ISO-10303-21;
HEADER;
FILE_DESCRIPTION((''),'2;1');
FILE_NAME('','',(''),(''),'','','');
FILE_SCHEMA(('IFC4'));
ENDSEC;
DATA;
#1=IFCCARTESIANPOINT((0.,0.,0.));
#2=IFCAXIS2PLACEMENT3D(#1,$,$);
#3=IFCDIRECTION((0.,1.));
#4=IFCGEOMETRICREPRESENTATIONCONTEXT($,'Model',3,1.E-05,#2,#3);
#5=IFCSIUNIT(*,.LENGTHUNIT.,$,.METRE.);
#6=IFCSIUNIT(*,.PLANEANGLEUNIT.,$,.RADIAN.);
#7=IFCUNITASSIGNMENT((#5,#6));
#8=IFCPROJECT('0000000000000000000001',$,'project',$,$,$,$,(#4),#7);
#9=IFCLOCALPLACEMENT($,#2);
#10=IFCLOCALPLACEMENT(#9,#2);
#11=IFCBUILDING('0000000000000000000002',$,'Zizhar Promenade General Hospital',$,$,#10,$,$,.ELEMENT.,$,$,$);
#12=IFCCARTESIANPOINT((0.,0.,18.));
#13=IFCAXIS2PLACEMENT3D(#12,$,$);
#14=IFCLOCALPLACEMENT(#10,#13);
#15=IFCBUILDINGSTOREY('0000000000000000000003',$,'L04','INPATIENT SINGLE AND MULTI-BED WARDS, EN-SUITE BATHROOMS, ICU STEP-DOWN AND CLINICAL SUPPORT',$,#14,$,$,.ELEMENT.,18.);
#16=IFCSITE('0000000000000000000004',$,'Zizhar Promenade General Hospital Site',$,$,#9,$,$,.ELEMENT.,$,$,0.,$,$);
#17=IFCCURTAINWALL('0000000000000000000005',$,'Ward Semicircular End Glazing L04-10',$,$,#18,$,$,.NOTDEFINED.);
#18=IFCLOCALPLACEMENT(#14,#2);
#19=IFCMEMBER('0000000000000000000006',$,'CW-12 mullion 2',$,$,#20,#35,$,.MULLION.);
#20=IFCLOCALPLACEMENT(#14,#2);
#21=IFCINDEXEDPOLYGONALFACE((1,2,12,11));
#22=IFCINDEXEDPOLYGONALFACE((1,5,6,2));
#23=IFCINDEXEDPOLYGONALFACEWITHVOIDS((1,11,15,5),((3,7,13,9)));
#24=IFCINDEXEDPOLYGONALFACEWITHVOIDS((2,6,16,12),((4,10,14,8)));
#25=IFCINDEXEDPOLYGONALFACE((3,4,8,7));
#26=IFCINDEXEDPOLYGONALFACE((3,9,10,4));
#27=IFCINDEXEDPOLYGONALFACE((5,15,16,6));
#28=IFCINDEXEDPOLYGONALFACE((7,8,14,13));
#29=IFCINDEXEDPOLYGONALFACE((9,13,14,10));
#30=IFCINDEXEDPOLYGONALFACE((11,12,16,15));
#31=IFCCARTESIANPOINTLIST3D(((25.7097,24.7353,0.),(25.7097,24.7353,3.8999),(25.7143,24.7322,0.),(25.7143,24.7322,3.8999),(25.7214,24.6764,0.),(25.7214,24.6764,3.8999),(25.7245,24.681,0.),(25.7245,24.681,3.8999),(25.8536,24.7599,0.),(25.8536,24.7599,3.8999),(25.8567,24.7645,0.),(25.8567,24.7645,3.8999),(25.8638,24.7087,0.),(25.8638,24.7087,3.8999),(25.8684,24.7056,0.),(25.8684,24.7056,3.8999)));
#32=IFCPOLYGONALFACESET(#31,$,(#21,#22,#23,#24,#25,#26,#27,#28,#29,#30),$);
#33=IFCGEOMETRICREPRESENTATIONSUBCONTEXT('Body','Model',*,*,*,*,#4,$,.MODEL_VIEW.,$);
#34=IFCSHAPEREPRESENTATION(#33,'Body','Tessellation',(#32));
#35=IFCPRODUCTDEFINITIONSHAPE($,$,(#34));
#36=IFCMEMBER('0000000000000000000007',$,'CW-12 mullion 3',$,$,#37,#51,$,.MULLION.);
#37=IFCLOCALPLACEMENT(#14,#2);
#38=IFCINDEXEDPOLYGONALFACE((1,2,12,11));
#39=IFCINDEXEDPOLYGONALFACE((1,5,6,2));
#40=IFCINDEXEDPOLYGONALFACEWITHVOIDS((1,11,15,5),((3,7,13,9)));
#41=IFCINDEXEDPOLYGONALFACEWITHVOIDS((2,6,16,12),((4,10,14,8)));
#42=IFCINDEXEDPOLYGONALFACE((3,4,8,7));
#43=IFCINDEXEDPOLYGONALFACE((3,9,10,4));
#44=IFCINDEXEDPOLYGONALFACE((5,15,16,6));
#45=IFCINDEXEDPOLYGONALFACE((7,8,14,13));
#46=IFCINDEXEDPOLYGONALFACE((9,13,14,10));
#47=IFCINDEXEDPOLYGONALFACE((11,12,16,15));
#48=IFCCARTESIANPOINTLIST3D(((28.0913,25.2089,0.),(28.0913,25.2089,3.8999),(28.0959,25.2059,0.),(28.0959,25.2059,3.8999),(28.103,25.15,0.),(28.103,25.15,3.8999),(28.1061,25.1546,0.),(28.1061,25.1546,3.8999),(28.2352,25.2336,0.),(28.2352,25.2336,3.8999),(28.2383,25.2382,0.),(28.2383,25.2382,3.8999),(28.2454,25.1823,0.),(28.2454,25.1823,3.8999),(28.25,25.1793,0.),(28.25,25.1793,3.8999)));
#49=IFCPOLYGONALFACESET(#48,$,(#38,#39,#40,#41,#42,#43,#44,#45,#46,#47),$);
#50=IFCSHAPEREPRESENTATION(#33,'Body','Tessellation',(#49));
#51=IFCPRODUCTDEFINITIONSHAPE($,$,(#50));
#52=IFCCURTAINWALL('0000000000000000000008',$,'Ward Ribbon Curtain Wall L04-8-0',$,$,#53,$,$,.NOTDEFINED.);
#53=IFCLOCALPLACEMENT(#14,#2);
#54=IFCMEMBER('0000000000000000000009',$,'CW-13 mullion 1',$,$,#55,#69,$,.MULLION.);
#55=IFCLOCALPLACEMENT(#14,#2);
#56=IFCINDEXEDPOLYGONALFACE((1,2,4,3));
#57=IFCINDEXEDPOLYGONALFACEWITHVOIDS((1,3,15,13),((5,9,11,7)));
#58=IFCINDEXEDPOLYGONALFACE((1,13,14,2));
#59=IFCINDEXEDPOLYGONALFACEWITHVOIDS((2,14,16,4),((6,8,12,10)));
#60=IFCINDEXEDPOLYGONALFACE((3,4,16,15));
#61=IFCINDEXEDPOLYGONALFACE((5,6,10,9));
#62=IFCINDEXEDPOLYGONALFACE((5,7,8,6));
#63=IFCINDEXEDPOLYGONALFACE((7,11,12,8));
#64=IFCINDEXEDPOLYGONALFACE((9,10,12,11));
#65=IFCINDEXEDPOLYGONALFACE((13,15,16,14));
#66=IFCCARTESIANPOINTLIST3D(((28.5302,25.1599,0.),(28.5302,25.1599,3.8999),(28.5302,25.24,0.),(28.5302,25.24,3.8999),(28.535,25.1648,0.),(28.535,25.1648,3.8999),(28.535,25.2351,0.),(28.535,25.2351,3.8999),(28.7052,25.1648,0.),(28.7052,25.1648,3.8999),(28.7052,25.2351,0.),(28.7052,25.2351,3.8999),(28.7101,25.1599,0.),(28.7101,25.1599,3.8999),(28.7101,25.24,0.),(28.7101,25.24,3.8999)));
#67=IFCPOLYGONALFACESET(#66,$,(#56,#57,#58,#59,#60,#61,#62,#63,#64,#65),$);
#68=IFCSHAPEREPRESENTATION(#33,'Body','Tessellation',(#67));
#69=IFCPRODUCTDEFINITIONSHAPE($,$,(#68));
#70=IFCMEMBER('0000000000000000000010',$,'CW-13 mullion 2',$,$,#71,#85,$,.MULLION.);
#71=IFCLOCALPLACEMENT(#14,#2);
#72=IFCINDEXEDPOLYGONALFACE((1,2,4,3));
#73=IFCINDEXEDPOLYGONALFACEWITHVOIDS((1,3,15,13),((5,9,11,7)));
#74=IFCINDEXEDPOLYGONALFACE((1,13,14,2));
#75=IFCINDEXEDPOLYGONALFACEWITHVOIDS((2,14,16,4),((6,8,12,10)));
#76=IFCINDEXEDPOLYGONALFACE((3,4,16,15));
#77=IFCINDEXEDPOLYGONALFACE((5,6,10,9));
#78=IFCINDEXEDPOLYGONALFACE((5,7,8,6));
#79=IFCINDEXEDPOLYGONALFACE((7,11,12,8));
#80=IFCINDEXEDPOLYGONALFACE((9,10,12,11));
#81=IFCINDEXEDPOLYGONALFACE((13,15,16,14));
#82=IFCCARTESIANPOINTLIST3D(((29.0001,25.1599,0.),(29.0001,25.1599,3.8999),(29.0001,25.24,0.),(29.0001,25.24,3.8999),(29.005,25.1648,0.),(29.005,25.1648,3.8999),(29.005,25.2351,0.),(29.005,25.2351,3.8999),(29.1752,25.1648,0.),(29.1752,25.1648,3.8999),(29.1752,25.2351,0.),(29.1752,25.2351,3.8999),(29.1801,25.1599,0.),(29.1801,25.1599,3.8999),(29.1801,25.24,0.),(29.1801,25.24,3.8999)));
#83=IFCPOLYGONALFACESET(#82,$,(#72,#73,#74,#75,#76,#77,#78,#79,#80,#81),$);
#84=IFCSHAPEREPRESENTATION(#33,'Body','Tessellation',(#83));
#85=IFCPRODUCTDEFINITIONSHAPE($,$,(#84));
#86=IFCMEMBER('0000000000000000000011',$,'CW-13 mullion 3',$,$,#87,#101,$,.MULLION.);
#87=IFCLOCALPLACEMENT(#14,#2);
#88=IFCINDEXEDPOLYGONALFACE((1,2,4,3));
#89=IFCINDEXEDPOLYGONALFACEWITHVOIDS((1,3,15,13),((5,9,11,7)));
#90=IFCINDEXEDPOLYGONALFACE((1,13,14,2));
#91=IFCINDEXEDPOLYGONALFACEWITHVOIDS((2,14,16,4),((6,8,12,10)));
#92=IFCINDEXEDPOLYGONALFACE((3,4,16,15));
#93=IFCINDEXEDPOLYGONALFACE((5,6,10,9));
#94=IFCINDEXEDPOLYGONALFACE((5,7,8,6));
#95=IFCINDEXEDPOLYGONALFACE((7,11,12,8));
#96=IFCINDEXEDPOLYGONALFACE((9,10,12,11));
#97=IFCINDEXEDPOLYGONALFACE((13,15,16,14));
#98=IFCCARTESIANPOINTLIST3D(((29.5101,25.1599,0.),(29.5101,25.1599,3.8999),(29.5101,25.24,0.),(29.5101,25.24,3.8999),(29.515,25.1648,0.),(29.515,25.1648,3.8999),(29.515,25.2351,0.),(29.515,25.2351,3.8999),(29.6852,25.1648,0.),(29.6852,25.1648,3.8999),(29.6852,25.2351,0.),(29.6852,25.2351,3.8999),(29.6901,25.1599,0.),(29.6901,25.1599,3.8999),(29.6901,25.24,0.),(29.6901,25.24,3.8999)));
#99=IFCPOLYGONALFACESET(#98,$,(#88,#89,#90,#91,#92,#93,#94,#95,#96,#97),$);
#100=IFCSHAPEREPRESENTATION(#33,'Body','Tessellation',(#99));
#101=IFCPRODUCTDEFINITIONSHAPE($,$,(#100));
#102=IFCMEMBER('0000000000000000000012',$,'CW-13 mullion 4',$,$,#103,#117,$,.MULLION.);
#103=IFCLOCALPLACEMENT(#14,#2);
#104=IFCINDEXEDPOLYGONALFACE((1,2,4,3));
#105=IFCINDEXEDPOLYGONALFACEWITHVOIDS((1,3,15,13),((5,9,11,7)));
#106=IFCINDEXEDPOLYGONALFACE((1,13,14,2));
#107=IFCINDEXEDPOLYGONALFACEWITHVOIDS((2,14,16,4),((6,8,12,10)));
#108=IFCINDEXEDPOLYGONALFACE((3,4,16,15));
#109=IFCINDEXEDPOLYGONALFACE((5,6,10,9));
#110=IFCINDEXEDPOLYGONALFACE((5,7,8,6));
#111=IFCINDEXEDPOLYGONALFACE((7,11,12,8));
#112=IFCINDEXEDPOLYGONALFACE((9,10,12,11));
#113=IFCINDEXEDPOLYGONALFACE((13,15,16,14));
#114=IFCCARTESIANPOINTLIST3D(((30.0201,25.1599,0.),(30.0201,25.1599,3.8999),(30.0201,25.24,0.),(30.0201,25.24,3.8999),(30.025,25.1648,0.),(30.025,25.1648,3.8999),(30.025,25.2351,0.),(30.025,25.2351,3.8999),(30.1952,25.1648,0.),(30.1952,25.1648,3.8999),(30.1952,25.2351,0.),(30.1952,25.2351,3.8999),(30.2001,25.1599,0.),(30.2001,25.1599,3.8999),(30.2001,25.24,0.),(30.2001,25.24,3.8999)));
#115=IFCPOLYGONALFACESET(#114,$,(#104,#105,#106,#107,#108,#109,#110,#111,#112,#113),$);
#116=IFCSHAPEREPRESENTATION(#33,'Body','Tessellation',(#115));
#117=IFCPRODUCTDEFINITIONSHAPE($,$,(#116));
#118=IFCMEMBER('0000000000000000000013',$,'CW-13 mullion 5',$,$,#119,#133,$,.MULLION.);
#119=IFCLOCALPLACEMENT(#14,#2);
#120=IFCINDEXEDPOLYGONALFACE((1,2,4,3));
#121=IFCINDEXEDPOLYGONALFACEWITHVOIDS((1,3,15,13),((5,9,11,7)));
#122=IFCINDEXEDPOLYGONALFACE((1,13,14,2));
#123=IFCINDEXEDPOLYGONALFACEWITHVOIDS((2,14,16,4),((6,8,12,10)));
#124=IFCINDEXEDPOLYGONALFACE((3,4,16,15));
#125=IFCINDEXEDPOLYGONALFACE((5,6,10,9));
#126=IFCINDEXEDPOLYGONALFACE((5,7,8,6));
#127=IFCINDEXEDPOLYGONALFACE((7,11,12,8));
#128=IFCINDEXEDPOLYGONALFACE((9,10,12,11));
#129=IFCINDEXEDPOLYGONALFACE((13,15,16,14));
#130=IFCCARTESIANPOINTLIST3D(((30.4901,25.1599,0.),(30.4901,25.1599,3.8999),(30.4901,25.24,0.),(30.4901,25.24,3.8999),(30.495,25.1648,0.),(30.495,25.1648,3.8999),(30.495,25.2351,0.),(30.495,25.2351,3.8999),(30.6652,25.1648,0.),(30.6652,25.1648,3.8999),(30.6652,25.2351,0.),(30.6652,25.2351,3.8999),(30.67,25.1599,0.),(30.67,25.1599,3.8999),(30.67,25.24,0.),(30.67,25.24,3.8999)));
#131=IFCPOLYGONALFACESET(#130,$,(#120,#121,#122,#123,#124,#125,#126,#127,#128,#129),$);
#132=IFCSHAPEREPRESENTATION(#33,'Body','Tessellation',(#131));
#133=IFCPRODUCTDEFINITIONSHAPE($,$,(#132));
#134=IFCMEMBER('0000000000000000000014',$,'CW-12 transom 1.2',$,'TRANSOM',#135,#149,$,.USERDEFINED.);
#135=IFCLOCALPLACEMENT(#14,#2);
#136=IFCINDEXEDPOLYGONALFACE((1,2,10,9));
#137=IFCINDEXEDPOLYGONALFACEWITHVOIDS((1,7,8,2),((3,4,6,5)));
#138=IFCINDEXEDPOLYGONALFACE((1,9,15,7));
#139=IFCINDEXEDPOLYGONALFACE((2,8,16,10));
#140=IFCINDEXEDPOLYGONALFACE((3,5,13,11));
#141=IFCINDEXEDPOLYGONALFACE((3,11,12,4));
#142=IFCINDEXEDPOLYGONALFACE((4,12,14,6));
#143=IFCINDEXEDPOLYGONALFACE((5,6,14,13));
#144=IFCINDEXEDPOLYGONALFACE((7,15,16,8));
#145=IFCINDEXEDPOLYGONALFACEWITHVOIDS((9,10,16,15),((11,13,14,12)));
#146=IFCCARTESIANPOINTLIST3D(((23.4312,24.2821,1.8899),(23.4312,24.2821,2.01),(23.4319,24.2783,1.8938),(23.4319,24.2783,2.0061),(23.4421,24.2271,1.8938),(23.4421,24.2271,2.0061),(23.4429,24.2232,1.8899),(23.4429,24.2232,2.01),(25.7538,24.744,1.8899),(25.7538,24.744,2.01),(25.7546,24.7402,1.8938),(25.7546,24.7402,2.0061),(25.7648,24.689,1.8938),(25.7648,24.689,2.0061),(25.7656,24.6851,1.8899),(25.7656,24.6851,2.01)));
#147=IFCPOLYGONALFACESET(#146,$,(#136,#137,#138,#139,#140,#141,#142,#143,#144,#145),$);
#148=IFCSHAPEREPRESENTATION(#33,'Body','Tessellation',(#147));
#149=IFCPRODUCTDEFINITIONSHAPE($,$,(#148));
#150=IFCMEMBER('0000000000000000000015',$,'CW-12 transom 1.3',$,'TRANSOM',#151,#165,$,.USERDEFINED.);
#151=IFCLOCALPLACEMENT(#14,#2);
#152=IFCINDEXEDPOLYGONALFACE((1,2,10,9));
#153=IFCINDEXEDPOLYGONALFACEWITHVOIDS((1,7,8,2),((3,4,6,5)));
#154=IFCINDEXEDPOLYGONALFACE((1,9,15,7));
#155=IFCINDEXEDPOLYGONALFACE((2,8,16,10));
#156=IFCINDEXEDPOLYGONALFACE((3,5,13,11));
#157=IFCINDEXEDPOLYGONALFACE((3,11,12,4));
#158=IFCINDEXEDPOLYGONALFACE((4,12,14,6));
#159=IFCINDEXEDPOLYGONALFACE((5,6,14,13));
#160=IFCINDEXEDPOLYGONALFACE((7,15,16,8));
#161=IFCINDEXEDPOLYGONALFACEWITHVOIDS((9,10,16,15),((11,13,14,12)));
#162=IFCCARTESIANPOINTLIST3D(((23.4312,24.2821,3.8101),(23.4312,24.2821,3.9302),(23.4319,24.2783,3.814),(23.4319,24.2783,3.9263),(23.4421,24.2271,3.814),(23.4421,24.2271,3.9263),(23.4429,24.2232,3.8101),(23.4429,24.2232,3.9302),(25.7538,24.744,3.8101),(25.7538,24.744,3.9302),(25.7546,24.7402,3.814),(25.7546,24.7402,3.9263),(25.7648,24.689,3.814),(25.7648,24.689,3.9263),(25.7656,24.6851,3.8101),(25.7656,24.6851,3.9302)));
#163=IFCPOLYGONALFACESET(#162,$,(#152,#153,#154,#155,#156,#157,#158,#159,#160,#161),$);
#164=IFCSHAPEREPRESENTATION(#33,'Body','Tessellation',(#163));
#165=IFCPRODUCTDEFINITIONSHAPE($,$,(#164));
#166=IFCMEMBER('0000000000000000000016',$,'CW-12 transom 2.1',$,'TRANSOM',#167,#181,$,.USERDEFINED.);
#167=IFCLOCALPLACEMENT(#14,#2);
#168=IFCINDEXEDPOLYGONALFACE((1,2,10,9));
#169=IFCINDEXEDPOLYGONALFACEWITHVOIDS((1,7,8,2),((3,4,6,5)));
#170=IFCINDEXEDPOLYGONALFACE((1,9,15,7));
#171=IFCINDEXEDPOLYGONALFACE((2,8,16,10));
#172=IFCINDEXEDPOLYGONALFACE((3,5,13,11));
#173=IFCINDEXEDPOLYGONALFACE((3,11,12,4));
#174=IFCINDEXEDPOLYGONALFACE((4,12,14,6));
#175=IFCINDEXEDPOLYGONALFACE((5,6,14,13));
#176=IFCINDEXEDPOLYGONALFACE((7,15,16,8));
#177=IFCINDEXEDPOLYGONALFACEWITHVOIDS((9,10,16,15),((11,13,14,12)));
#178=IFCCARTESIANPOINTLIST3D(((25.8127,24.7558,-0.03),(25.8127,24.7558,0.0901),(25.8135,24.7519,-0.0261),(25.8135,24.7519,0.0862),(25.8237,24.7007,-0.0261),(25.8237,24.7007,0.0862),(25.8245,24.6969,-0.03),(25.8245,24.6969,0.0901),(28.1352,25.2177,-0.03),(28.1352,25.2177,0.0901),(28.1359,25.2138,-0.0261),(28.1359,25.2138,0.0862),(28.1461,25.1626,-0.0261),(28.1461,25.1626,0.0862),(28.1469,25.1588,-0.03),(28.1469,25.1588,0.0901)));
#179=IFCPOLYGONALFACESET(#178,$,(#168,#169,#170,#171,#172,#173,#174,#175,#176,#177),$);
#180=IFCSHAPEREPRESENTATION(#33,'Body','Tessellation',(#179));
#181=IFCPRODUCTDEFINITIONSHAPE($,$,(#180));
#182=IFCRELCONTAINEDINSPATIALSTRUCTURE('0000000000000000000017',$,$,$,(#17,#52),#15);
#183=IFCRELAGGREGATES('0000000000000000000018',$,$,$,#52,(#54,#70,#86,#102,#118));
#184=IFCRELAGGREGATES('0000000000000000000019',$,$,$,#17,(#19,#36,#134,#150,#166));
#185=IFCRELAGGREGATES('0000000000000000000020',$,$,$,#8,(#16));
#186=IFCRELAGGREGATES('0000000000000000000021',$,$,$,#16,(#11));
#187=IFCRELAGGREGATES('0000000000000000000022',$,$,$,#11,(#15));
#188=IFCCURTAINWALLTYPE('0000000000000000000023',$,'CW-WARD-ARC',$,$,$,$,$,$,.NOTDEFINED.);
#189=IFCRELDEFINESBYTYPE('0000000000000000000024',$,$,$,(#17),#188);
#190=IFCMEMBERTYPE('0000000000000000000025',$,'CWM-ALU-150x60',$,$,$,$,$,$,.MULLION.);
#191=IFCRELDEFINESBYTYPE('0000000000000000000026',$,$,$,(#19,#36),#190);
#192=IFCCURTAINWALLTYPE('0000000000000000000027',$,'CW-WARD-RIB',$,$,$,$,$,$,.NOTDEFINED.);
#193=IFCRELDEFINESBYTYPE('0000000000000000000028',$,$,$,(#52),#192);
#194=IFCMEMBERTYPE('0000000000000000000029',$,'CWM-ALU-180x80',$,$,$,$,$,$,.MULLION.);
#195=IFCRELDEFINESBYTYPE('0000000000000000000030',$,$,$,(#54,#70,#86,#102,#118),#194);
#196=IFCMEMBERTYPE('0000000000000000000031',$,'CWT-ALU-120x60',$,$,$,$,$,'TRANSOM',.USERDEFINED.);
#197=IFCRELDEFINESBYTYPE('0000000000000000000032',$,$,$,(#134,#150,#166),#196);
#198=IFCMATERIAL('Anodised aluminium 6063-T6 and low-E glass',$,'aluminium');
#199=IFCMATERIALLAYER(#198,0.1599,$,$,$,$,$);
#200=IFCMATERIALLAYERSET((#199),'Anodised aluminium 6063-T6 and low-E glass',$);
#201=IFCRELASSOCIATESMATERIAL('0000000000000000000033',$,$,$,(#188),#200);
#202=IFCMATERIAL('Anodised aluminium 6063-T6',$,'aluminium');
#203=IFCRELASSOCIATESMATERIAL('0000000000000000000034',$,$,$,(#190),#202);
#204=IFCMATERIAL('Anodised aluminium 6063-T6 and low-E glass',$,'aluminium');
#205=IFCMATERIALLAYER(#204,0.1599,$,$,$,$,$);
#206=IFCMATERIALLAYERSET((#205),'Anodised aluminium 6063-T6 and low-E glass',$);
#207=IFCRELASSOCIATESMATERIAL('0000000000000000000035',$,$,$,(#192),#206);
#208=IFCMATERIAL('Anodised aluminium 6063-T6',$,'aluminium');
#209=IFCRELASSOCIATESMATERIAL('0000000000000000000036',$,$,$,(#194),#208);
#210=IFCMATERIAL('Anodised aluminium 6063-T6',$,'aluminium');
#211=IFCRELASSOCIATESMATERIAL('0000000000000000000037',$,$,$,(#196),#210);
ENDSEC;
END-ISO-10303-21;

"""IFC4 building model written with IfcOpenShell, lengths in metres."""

from ifc_helpers import new_model, si_unit, direction, frame, origin, origin_2d, place, context, subcontext, project, spatial, hollow_rectangle, extrude, material, layer, layer_set, material_profile, profile_set, type_object, element, aggregate, save


model = new_model("IFC4")

# Units and contexts
model_context = context("Model", 3, precision=1e-05, world=origin(), true_north=direction((0.0, 1.0)))
body_context = subcontext(model_context, "Body", "Model", "MODEL_VIEW")
ifc_project = project(units=[si_unit("LENGTHUNIT", "METRE"), si_unit("PLANEANGLEUNIT", "RADIAN")], contexts=[model_context])

# Site, building, storey
site_placement = place(None, origin())
site = spatial("IfcSite", under=ifc_project, at=site_placement, Name="Zizhar Promenade General Hospital Site", CompositionType="ELEMENT", RefElevation=0.0)
building_placement = place(site_placement, origin())
building = spatial("IfcBuilding", under=site, at=building_placement, Name="Zizhar Promenade General Hospital", CompositionType="ELEMENT")
storey_placement = place(building_placement, frame((0.0, 0.0, 18.0)))
storey = spatial("IfcBuildingStorey", under=building, at=storey_placement, Name="L04", Description="INPATIENT SINGLE AND MULTI-BED WARDS, EN-SUITE BATHROOMS, ICU STEP-DOWN AND CLINICAL SUPPORT", CompositionType="ELEMENT", Elevation=18.0)

# Curtain walls, members
ifc_material_1 = material(Name="Anodised aluminium 6063-T6 and low-E glass", Category="aluminium")
ifc_layer_1 = layer(ifc_material_1, 0.1599)
ifc_layer_set_1 = layer_set([ifc_layer_1], Name="Anodised aluminium 6063-T6 and low-E glass")
curtain_wall_type_1 = type_object("IfcCurtainWallType", Name="CW-WARD-ARC", PredefinedType="NOTDEFINED", material=ifc_layer_set_1)
curtain_wall_1_placement = place(storey_placement, origin())
curtain_wall_1 = element("IfcCurtainWall", 1, at=curtain_wall_1_placement, inside=storey, type_object=curtain_wall_type_1, Name="Ward Semicircular End Glazing L04-10", PredefinedType="NOTDEFINED")
ifc_material_2 = material(Name="Anodised aluminium 6063-T6", Category="aluminium")
ifc_material_profile_1 = material_profile(ifc_material_2, hollow_rectangle(XDim=0.0601, YDim=0.1499, WallThickness=0.0039, at=origin_2d()))
ifc_profile_set_1 = profile_set([ifc_material_profile_1], Name="Anodised aluminium 6063-T6")
member_type_1 = type_object("IfcMemberType", Name="CWM-ALU-150x60", PredefinedType="MULLION", material=ifc_profile_set_1)
member_1_placement = place(storey_placement, frame((25.7891, 24.7205, 0.0), z_axis=(0.0, 0.0, 1.0), x_axis=(-0.195087, 0.980786, 0.0)))
member_1 = element("IfcMember", 2, at=member_1_placement, type_object=member_type_1, Name="CW-12 mullion 2", PredefinedType="MULLION", context=body_context, shape_type="SweptSolid", body=[
    extrude(hollow_rectangle(XDim=0.0601, YDim=0.1499, WallThickness=0.0039, at=origin_2d()), origin(), (0.0, 0.0, 1.0), 3.8999),
])
member_2_placement = place(storey_placement, frame((28.1707, 25.1941, 0.0), z_axis=(0.0, 0.0, 1.0), x_axis=(-0.195087, 0.980786, 0.0)))
member_2 = element("IfcMember", 3, at=member_2_placement, type_object=member_type_1, Name="CW-12 mullion 3", PredefinedType="MULLION", context=body_context, shape_type="SweptSolid", body=[
    extrude(hollow_rectangle(XDim=0.0601, YDim=0.1499, WallThickness=0.0039, at=origin_2d()), origin(), (0.0, 0.0, 1.0), 3.8999),
])
ifc_material_3 = material(Name="Anodised aluminium 6063-T6 and low-E glass", Category="aluminium")
ifc_layer_2 = layer(ifc_material_3, 0.1599)
ifc_layer_set_2 = layer_set([ifc_layer_2], Name="Anodised aluminium 6063-T6 and low-E glass")
curtain_wall_type_2 = type_object("IfcCurtainWallType", Name="CW-WARD-RIB", PredefinedType="NOTDEFINED", material=ifc_layer_set_2)
curtain_wall_2_placement = place(storey_placement, origin())
curtain_wall_2 = element("IfcCurtainWall", 4, at=curtain_wall_2_placement, inside=storey, type_object=curtain_wall_type_2, Name="Ward Ribbon Curtain Wall L04-8-0", PredefinedType="NOTDEFINED")
ifc_material_4 = material(Name="Anodised aluminium 6063-T6", Category="aluminium")
ifc_material_profile_2 = material_profile(ifc_material_4, hollow_rectangle(XDim=0.0801, YDim=0.1799, WallThickness=0.0049, at=origin_2d()))
ifc_profile_set_2 = profile_set([ifc_material_profile_2], Name="Anodised aluminium 6063-T6")
member_type_2 = type_object("IfcMemberType", Name="CWM-ALU-180x80", PredefinedType="MULLION", material=ifc_profile_set_2)
member_3_placement = place(storey_placement, frame((28.6201, 25.2, 0.0), z_axis=(0.0, 0.0, 1.0), x_axis=(0.0, 1.0, 0.0)))
member_3 = element("IfcMember", 5, at=member_3_placement, type_object=member_type_2, Name="CW-13 mullion 1", PredefinedType="MULLION", context=body_context, shape_type="SweptSolid", body=[
    extrude(hollow_rectangle(XDim=0.0801, YDim=0.1799, WallThickness=0.0049, at=origin_2d()), origin(), (0.0, 0.0, 1.0), 3.8999),
])
member_4_placement = place(storey_placement, frame((29.0901, 25.2, 0.0), z_axis=(0.0, 0.0, 1.0), x_axis=(0.0, 1.0, 0.0)))
member_4 = element("IfcMember", 6, at=member_4_placement, type_object=member_type_2, Name="CW-13 mullion 2", PredefinedType="MULLION", context=body_context, shape_type="SweptSolid", body=[
    extrude(hollow_rectangle(XDim=0.0801, YDim=0.1799, WallThickness=0.0049, at=origin_2d()), origin(), (0.0, 0.0, 1.0), 3.8999),
])
member_5_placement = place(storey_placement, frame((29.6001, 25.2, 0.0), z_axis=(0.0, 0.0, 1.0), x_axis=(0.0, 1.0, 0.0)))
member_5 = element("IfcMember", 7, at=member_5_placement, type_object=member_type_2, Name="CW-13 mullion 3", PredefinedType="MULLION", context=body_context, shape_type="SweptSolid", body=[
    extrude(hollow_rectangle(XDim=0.0801, YDim=0.1799, WallThickness=0.0049, at=origin_2d()), origin(), (0.0, 0.0, 1.0), 3.8999),
])
member_6_placement = place(storey_placement, frame((30.1101, 25.2, 0.0), z_axis=(0.0, 0.0, 1.0), x_axis=(0.0, 1.0, 0.0)))
member_6 = element("IfcMember", 8, at=member_6_placement, type_object=member_type_2, Name="CW-13 mullion 4", PredefinedType="MULLION", context=body_context, shape_type="SweptSolid", body=[
    extrude(hollow_rectangle(XDim=0.0801, YDim=0.1799, WallThickness=0.0049, at=origin_2d()), origin(), (0.0, 0.0, 1.0), 3.8999),
])
member_7_placement = place(storey_placement, frame((30.5801, 25.2, 0.0), z_axis=(0.0, 0.0, 1.0), x_axis=(0.0, 1.0, 0.0)))
member_7 = element("IfcMember", 9, at=member_7_placement, type_object=member_type_2, Name="CW-13 mullion 5", PredefinedType="MULLION", context=body_context, shape_type="SweptSolid", body=[
    extrude(hollow_rectangle(XDim=0.0801, YDim=0.1799, WallThickness=0.0049, at=origin_2d()), origin(), (0.0, 0.0, 1.0), 3.8999),
])

# Members
ifc_material_5 = material(Name="Anodised aluminium 6063-T6", Category="aluminium")
ifc_material_profile_3 = material_profile(ifc_material_5, hollow_rectangle(XDim=0.0601, YDim=0.1201, WallThickness=0.0039, at=origin_2d()))
ifc_profile_set_3 = profile_set([ifc_material_profile_3], Name="Anodised aluminium 6063-T6")
member_type_3 = type_object("IfcMemberType", Name="CWT-ALU-120x60", ElementType="TRANSOM", PredefinedType="USERDEFINED", material=ifc_profile_set_3)
member_8_placement = place(storey_placement, frame((23.437, 24.2527, 1.95), z_axis=(0.980794, 0.195045, 0.0), x_axis=(-0.195045, 0.980794, 0.0)))
member_8 = element("IfcMember", 10, at=member_8_placement, type_object=member_type_3, Name="CW-12 transom 1.2", ObjectType="TRANSOM", PredefinedType="USERDEFINED", context=body_context, shape_type="SweptSolid", body=[
    extrude(hollow_rectangle(XDim=0.0601, YDim=0.1201, WallThickness=0.0039, at=origin_2d()), origin(), (0.0, 0.0, 1.0), 2.3682),
])
member_9_placement = place(storey_placement, frame((23.437, 24.2527, 3.8701), z_axis=(0.980794, 0.195045, 0.0), x_axis=(-0.195045, 0.980794, 0.0)))
member_9 = element("IfcMember", 11, at=member_9_placement, type_object=member_type_3, Name="CW-12 transom 1.3", ObjectType="TRANSOM", PredefinedType="USERDEFINED", context=body_context, shape_type="SweptSolid", body=[
    extrude(hollow_rectangle(XDim=0.0601, YDim=0.1201, WallThickness=0.0039, at=origin_2d()), origin(), (0.0, 0.0, 1.0), 2.3682),
])
member_10_placement = place(storey_placement, frame((25.8186, 24.7263, 0.03), z_axis=(0.98079, 0.195065, 0.0), x_axis=(-0.195065, 0.98079, 0.0)))
member_10 = element("IfcMember", 12, at=member_10_placement, type_object=member_type_3, Name="CW-12 transom 2.1", ObjectType="TRANSOM", PredefinedType="USERDEFINED", context=body_context, shape_type="SweptSolid", body=[
    extrude(hollow_rectangle(XDim=0.0601, YDim=0.1201, WallThickness=0.0039, at=origin_2d()), origin(), (0.0, 0.0, 1.0), 2.3679),
])

aggregate(curtain_wall_2, [member_3, member_4, member_5, member_6, member_7])
aggregate(curtain_wall_1, [member_1, member_2, member_8, member_9, member_10])

save(model, "model.ifc")
